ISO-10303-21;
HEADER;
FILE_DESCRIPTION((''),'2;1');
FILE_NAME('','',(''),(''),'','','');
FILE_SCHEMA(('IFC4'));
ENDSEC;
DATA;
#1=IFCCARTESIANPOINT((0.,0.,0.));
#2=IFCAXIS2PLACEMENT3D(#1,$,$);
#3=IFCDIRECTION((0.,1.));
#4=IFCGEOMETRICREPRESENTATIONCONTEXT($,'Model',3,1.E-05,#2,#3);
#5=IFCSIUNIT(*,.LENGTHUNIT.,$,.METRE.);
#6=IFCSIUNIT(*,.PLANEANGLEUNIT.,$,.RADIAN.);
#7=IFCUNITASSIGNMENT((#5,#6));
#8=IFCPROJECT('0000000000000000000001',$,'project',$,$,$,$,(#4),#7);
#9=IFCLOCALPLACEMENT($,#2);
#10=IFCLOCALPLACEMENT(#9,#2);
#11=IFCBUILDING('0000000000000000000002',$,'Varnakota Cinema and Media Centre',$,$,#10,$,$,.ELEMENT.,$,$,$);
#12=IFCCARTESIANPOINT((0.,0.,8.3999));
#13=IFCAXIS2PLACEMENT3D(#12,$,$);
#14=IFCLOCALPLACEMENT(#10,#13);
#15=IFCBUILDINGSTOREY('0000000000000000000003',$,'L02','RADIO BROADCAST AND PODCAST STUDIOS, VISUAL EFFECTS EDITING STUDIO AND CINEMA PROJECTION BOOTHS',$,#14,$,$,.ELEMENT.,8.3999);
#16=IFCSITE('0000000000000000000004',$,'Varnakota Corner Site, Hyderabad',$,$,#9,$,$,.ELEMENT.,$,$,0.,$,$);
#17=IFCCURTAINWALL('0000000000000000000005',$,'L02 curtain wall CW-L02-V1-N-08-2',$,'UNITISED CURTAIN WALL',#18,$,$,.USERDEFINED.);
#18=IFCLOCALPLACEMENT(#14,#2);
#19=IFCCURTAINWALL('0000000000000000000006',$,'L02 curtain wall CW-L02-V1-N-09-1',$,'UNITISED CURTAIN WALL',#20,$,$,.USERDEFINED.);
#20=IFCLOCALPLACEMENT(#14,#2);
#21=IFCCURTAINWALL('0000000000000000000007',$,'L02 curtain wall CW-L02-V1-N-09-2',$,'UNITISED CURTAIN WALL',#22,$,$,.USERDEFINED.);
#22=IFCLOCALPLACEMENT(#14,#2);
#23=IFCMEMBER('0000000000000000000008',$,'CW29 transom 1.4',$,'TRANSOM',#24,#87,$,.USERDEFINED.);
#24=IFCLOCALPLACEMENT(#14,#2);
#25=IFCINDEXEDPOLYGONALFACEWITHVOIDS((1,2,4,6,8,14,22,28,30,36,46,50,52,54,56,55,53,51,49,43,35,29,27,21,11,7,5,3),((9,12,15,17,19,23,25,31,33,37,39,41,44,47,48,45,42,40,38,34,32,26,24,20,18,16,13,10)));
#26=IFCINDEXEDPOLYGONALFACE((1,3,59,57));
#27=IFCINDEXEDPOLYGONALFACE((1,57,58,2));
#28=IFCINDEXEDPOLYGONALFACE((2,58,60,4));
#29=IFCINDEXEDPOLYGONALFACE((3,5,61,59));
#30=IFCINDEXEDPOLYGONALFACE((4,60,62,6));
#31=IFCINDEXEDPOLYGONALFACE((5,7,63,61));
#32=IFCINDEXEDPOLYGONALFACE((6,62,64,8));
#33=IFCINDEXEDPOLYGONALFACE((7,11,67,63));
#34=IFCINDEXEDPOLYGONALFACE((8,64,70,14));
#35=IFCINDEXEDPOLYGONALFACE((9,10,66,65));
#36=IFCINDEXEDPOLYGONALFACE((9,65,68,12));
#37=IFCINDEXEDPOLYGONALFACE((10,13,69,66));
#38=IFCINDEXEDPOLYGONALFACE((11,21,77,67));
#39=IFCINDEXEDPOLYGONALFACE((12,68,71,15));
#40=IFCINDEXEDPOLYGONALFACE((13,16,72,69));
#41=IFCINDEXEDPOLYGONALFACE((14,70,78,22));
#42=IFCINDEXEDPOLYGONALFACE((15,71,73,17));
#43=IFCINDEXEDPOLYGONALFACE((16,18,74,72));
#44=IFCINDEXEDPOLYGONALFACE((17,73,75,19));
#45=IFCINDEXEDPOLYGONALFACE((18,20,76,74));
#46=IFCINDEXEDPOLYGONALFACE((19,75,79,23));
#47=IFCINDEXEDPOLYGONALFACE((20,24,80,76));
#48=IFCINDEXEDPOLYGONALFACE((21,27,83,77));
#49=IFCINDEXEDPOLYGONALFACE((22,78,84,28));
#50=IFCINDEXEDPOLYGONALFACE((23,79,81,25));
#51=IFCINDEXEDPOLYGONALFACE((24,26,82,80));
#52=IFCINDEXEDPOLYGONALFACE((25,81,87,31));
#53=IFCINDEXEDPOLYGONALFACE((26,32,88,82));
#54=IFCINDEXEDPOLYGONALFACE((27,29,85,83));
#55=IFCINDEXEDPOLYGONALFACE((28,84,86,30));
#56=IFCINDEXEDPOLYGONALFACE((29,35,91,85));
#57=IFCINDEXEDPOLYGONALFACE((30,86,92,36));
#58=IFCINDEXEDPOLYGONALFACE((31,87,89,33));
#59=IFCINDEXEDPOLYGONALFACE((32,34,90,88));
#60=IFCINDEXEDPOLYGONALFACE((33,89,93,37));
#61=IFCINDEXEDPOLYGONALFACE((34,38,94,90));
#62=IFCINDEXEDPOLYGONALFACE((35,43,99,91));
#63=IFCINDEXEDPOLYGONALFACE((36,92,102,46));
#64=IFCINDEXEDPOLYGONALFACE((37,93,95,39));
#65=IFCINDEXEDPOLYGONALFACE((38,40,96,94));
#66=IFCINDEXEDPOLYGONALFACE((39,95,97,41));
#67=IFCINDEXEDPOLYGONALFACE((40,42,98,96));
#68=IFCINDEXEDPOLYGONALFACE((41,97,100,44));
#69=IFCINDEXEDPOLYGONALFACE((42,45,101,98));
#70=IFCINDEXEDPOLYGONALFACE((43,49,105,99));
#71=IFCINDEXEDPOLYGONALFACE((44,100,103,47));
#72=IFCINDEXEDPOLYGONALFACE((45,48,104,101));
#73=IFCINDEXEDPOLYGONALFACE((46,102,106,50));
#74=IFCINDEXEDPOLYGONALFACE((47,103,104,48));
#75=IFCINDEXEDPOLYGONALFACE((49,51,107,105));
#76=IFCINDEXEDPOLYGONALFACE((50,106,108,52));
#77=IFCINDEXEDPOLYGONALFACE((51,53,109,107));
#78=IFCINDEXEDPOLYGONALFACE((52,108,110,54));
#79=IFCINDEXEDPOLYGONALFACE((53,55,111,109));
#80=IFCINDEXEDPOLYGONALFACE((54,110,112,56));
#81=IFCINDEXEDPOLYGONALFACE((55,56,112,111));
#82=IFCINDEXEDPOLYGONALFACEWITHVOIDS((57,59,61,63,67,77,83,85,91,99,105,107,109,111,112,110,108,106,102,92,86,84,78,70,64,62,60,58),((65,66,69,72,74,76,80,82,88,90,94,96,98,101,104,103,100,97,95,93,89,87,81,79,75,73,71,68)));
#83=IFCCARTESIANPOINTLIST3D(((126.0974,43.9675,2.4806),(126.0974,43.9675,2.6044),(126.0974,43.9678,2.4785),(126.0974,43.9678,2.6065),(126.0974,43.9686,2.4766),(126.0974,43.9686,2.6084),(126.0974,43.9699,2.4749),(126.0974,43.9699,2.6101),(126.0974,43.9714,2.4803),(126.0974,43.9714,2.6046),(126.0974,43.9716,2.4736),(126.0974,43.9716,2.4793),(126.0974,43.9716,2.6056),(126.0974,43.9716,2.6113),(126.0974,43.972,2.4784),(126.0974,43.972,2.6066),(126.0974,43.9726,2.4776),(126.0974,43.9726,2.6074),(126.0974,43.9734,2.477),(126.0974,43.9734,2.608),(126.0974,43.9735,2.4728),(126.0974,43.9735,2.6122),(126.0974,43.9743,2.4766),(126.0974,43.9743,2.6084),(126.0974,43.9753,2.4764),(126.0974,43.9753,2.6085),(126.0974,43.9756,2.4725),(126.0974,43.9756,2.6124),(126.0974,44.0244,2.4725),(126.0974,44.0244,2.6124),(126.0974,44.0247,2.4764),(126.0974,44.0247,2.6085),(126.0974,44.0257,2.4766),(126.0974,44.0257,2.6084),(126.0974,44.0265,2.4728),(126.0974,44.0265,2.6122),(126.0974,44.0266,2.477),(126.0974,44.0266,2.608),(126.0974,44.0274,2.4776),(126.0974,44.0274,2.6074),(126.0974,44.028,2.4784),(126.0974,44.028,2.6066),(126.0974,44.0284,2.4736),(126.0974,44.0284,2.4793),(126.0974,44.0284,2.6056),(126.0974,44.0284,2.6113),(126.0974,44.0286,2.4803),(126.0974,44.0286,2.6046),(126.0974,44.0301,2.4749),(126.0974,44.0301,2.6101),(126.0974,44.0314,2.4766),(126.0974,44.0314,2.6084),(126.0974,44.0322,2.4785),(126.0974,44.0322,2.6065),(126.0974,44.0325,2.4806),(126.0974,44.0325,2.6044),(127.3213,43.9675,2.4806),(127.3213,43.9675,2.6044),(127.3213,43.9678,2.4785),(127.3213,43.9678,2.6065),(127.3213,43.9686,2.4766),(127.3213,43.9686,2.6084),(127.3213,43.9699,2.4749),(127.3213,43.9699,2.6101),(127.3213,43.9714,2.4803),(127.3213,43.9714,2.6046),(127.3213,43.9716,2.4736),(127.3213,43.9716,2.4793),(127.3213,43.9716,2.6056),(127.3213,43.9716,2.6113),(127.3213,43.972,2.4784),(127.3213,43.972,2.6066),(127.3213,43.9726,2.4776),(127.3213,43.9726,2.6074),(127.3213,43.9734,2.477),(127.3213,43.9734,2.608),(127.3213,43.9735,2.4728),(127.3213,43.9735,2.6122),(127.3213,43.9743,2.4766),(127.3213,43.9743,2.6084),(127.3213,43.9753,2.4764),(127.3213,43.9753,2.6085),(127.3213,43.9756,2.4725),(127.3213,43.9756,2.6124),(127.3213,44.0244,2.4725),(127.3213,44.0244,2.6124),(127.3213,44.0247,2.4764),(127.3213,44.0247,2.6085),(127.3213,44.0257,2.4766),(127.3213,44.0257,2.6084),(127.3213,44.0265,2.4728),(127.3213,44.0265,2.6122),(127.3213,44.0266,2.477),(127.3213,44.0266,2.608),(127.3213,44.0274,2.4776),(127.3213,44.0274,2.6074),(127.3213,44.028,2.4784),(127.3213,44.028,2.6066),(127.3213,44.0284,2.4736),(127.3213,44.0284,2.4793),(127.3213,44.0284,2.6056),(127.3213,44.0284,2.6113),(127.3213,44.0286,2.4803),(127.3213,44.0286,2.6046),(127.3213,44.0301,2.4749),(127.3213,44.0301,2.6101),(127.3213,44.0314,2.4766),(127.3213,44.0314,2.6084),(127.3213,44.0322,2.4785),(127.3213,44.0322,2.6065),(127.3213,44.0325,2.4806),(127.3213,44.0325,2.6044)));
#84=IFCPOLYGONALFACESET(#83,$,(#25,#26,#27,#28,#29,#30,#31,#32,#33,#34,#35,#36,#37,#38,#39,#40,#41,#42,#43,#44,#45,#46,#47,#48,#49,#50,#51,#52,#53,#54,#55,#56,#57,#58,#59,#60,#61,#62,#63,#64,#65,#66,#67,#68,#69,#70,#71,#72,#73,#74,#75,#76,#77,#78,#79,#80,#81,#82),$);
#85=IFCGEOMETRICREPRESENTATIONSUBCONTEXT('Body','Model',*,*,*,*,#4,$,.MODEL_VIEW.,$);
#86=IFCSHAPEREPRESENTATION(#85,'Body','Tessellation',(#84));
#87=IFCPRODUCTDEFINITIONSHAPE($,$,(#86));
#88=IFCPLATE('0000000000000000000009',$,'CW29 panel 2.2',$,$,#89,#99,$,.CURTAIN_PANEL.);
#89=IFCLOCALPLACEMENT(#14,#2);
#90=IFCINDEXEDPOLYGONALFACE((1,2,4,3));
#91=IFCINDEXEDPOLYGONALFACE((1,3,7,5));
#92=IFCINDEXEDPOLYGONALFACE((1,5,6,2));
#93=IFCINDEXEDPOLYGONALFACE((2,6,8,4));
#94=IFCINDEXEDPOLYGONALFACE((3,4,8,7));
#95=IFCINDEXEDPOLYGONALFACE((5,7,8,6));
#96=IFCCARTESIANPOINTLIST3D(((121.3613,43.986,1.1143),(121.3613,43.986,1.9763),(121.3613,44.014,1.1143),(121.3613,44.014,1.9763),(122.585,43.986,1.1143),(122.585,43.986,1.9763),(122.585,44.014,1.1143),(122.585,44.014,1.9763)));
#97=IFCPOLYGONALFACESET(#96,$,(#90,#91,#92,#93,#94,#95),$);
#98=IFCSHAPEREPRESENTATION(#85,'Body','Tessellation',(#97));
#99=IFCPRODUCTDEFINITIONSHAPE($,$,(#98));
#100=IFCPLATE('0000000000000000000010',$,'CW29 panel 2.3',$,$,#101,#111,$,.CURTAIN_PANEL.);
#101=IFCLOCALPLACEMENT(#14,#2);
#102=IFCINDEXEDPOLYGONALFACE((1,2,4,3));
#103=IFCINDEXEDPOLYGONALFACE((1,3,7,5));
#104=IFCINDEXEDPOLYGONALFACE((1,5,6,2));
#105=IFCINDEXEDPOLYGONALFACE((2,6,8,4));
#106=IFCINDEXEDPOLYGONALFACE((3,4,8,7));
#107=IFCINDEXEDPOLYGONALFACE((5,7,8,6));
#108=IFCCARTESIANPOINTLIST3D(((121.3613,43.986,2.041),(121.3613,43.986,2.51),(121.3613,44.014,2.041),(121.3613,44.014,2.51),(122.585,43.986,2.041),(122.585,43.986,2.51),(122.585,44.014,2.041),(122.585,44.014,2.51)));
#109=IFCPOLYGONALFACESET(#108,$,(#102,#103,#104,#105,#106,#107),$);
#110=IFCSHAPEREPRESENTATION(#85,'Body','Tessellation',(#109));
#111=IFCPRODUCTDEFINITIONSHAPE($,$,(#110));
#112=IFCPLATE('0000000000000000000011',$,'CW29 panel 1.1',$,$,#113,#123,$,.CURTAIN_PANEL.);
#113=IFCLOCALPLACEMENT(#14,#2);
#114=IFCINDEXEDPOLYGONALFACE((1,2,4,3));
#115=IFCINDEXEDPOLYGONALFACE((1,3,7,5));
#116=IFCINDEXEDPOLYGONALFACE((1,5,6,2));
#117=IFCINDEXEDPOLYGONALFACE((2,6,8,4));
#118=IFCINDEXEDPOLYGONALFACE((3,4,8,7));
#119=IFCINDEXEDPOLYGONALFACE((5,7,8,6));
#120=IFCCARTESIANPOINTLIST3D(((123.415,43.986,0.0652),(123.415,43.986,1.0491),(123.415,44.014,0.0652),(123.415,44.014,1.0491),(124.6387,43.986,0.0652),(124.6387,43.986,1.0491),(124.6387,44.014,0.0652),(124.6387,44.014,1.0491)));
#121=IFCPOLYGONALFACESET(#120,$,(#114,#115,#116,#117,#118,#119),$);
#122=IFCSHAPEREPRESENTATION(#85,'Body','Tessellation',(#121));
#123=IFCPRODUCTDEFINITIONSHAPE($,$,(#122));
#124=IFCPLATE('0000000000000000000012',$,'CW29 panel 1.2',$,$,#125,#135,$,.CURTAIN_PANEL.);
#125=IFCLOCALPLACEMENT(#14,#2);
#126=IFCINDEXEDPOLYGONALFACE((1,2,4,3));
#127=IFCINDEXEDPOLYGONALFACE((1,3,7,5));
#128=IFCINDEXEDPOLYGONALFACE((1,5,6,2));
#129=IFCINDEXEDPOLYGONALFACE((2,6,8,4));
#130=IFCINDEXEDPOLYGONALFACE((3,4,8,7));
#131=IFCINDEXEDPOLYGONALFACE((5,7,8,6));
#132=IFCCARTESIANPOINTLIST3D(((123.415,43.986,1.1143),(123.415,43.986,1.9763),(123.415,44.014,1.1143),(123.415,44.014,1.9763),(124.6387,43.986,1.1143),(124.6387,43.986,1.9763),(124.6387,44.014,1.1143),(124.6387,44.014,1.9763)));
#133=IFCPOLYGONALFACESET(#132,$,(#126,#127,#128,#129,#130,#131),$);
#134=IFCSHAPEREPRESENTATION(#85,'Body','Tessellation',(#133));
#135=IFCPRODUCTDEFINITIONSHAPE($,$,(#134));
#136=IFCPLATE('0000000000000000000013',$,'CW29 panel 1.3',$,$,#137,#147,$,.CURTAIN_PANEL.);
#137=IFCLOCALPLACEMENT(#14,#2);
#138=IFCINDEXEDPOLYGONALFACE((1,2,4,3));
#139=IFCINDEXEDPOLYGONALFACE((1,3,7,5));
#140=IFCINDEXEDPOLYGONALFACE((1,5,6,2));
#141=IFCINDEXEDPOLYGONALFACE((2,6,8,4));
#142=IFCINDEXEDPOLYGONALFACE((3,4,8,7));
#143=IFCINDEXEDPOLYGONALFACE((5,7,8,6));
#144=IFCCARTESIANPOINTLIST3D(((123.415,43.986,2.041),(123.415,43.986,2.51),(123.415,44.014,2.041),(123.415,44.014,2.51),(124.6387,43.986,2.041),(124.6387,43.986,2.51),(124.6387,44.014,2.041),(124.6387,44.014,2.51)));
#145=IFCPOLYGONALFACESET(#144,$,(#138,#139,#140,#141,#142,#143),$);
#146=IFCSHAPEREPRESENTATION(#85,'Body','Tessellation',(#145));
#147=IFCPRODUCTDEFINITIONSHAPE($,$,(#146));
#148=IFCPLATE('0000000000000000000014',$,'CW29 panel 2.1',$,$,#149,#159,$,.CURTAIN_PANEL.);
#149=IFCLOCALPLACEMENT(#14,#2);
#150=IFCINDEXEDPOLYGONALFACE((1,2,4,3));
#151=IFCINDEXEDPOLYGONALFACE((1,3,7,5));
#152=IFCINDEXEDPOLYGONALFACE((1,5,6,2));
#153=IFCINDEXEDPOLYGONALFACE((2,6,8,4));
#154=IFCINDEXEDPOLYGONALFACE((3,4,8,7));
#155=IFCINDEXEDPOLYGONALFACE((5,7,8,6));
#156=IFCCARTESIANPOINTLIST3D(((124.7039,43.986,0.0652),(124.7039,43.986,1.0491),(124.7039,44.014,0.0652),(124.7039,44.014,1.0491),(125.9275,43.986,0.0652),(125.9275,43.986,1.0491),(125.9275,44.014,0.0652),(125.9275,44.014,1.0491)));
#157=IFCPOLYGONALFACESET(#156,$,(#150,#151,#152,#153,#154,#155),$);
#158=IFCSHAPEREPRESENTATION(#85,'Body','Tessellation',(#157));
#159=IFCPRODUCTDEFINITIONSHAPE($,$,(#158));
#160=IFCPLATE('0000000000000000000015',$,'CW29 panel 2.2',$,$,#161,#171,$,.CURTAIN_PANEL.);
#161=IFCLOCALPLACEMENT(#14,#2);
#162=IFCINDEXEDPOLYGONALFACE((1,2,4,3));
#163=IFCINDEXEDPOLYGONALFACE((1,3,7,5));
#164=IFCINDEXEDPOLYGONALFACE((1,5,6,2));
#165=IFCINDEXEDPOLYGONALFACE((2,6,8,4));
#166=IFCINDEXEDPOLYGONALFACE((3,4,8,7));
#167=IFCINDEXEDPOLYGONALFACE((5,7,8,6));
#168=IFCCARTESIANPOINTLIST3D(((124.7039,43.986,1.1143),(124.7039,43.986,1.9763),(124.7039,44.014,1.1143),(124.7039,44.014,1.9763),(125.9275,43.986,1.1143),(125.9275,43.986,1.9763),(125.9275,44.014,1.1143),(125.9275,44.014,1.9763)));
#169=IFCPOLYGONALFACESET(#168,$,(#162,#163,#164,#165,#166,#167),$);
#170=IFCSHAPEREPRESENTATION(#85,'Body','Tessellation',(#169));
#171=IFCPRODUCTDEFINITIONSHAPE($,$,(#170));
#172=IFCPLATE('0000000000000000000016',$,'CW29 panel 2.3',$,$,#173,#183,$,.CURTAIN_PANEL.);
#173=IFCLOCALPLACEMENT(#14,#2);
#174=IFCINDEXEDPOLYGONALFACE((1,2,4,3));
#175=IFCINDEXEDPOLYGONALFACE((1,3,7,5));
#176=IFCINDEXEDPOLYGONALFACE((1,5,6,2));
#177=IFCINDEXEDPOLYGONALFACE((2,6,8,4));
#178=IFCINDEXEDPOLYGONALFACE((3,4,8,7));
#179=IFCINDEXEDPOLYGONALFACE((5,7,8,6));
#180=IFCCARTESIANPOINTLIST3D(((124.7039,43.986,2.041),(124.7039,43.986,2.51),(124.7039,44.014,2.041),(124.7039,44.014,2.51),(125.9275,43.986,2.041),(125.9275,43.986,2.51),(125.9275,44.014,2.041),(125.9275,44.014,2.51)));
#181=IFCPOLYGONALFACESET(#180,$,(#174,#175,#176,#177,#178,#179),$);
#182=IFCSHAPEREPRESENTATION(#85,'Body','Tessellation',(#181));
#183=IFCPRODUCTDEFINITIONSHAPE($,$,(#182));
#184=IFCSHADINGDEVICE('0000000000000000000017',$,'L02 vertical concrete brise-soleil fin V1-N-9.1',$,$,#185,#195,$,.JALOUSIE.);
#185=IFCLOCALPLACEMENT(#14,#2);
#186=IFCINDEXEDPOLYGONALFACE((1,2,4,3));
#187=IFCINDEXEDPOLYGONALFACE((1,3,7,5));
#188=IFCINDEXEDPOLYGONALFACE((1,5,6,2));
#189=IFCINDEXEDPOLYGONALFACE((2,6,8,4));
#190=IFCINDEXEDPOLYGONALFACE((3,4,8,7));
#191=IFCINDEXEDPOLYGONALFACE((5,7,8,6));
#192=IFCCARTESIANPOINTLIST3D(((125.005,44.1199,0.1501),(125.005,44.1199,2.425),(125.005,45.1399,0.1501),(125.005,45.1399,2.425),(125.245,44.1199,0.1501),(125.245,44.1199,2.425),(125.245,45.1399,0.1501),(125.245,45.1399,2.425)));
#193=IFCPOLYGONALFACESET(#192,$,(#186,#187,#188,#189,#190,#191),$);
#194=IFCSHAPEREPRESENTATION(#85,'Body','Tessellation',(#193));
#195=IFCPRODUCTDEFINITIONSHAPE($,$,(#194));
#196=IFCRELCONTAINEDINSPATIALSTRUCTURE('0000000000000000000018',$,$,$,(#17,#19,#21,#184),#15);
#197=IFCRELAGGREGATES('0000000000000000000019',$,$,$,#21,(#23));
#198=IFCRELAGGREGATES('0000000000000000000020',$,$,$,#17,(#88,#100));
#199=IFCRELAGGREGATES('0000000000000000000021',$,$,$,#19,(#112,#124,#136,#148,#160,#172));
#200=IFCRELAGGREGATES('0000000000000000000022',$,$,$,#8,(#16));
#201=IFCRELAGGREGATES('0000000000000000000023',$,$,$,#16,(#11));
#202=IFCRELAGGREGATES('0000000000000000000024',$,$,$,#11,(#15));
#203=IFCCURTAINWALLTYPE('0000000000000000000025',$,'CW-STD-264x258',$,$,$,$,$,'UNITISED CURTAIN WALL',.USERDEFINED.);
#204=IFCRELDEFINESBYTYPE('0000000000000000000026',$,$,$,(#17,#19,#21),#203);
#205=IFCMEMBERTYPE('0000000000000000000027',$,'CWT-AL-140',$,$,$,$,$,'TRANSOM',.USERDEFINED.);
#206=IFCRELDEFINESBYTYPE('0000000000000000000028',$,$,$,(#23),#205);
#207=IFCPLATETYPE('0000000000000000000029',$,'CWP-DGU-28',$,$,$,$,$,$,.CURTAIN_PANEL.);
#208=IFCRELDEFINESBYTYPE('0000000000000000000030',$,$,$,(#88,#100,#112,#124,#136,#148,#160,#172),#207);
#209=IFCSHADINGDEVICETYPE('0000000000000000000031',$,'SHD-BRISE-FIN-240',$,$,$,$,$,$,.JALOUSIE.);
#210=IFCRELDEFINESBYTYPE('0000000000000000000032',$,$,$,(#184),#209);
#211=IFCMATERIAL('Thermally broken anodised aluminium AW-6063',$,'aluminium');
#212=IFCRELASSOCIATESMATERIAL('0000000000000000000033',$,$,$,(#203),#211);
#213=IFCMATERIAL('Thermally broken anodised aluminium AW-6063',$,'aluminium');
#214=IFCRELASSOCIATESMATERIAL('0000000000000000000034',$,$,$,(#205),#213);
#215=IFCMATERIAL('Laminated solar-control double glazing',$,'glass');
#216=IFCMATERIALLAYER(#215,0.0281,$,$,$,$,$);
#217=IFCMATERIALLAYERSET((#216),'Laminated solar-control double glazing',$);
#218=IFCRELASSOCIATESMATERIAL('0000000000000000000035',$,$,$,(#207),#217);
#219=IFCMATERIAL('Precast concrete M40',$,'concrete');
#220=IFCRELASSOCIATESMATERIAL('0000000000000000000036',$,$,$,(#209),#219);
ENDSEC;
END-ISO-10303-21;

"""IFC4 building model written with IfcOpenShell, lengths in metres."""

from ifc_helpers import new_model, si_unit, direction, frame, origin, origin_2d, place, context, subcontext, project, spatial, rectangle, hollow_rectangle, extrude, material, layer, layer_set, material_profile, profile_set, type_object, element, aggregate, save


model = new_model("IFC4")

# Units and contexts
model_context = context("Model", 3, precision=1e-05, world=origin(), true_north=direction((0.0, 1.0)))
body_context = subcontext(model_context, "Body", "Model", "MODEL_VIEW")
ifc_project = project(units=[si_unit("LENGTHUNIT", "METRE"), si_unit("PLANEANGLEUNIT", "RADIAN")], contexts=[model_context])

# Site, building, storey
site_placement = place(None, origin())
site = spatial("IfcSite", under=ifc_project, at=site_placement, Name="Varnakota Corner Site, Hyderabad", CompositionType="ELEMENT", RefElevation=0.0)
building_placement = place(site_placement, origin())
building = spatial("IfcBuilding", under=site, at=building_placement, Name="Varnakota Cinema and Media Centre", CompositionType="ELEMENT")
storey_placement = place(building_placement, frame((0.0, 0.0, 8.3999)))
storey = spatial("IfcBuildingStorey", under=building, at=storey_placement, Name="L02", Description="RADIO BROADCAST AND PODCAST STUDIOS, VISUAL EFFECTS EDITING STUDIO AND CINEMA PROJECTION BOOTHS", CompositionType="ELEMENT", Elevation=8.3999)

# Curtain wall
ifc_material_1 = material(Name="Thermally broken anodised aluminium AW-6063", Category="aluminium")
curtain_wall_type = type_object("IfcCurtainWallType", Name="CW-STD-264x258", ElementType="UNITISED CURTAIN WALL", PredefinedType="USERDEFINED", material=ifc_material_1)
curtain_wall_1_placement = place(storey_placement, origin())
curtain_wall_1 = element("IfcCurtainWall", 1, at=curtain_wall_1_placement, inside=storey, type_object=curtain_wall_type, Name="L02 curtain wall CW-L02-V1-N-08-2", ObjectType="UNITISED CURTAIN WALL", PredefinedType="USERDEFINED")

# Curtain wall
curtain_wall_2_placement = place(storey_placement, origin())
curtain_wall_2 = element("IfcCurtainWall", 2, at=curtain_wall_2_placement, inside=storey, type_object=curtain_wall_type, Name="L02 curtain wall CW-L02-V1-N-09-1", ObjectType="UNITISED CURTAIN WALL", PredefinedType="USERDEFINED")

# Curtain wall
curtain_wall_3_placement = place(storey_placement, origin())
curtain_wall_3 = element("IfcCurtainWall", 3, at=curtain_wall_3_placement, inside=storey, type_object=curtain_wall_type, Name="L02 curtain wall CW-L02-V1-N-09-2", ObjectType="UNITISED CURTAIN WALL", PredefinedType="USERDEFINED")

# Member
ifc_material_2 = material(Name="Thermally broken anodised aluminium AW-6063", Category="aluminium")
ifc_material_profile_1 = material_profile(ifc_material_2, hollow_rectangle(XDim=0.0649, YDim=0.1399, WallThickness=0.0039, InnerFilletRadius=0.0039, OuterFilletRadius=0.0081, at=origin_2d()), Name="AL-TRANSOM 140x65x4")
ifc_profile_set_1 = profile_set([ifc_material_profile_1], Name="Thermally broken anodised aluminium AW-6063")
member_type_1 = type_object("IfcMemberType", Name="CWT-AL-140", ElementType="TRANSOM", PredefinedType="USERDEFINED", material=ifc_profile_set_1)
member_1_placement = place(storey_placement, frame((126.0974, 44.0, 2.5425), z_axis=(1.0, 0.0, 0.0), x_axis=(0.0, 1.0, 0.0)))
member_1 = element("IfcMember", 4, at=member_1_placement, type_object=member_type_1, Name="CW29 transom 1.4", ObjectType="TRANSOM", PredefinedType="USERDEFINED", context=body_context, shape_type="SweptSolid", body=[
    extrude(hollow_rectangle(XDim=0.0649, YDim=0.1399, WallThickness=0.0039, InnerFilletRadius=0.0039, OuterFilletRadius=0.0081, at=origin_2d()), origin(), (0.0, 0.0, 1.0), 1.2239),
])
aggregate(curtain_wall_3, [member_1])

# Plates
ifc_material_3 = material(Name="Laminated solar-control double glazing", Category="glass")
ifc_layer = layer(ifc_material_3, 0.0281)
ifc_layer_set = layer_set([ifc_layer], Name="Laminated solar-control double glazing")
plate_type = type_object("IfcPlateType", Name="CWP-DGU-28", PredefinedType="CURTAIN_PANEL", material=ifc_layer_set)
plate_1_placement = place(storey_placement, frame((121.9731, 44.0, 1.1143), z_axis=(0.0, 0.0, 1.0), x_axis=(1.0, 0.0, 0.0)))
plate_1 = element("IfcPlate", 5, at=plate_1_placement, type_object=plate_type, Name="CW29 panel 2.2", PredefinedType="CURTAIN_PANEL", context=body_context, shape_type="SweptSolid", body=[
    extrude(rectangle(XDim=1.2236, YDim=0.0281, at=origin_2d()), origin(), (0.0, 0.0, 1.0), 0.8621),
])
plate_2_placement = place(storey_placement, frame((121.9731, 44.0, 2.041), z_axis=(0.0, 0.0, 1.0), x_axis=(1.0, 0.0, 0.0)))
plate_2 = element("IfcPlate", 6, at=plate_2_placement, type_object=plate_type, Name="CW29 panel 2.3", PredefinedType="CURTAIN_PANEL", context=body_context, shape_type="SweptSolid", body=[
    extrude(rectangle(XDim=1.2236, YDim=0.0281, at=origin_2d()), origin(), (0.0, 0.0, 1.0), 0.469),
])
aggregate(curtain_wall_1, [plate_1, plate_2])
plate_3_placement = place(storey_placement, frame((124.0269, 44.0, 0.0652), z_axis=(0.0, 0.0, 1.0), x_axis=(1.0, 0.0, 0.0)))
plate_3 = element("IfcPlate", 7, at=plate_3_placement, type_object=plate_type, Name="CW29 panel 1.1", PredefinedType="CURTAIN_PANEL", context=body_context, shape_type="SweptSolid", body=[
    extrude(rectangle(XDim=1.2236, YDim=0.0281, at=origin_2d()), origin(), (0.0, 0.0, 1.0), 0.9839),
])
plate_4_placement = place(storey_placement, frame((124.0269, 44.0, 1.1143), z_axis=(0.0, 0.0, 1.0), x_axis=(1.0, 0.0, 0.0)))
plate_4 = element("IfcPlate", 8, at=plate_4_placement, type_object=plate_type, Name="CW29 panel 1.2", PredefinedType="CURTAIN_PANEL", context=body_context, shape_type="SweptSolid", body=[
    extrude(rectangle(XDim=1.2236, YDim=0.0281, at=origin_2d()), origin(), (0.0, 0.0, 1.0), 0.8621),
])
plate_5_placement = place(storey_placement, frame((124.0269, 44.0, 2.041), z_axis=(0.0, 0.0, 1.0), x_axis=(1.0, 0.0, 0.0)))
plate_5 = element("IfcPlate", 9, at=plate_5_placement, type_object=plate_type, Name="CW29 panel 1.3", PredefinedType="CURTAIN_PANEL", context=body_context, shape_type="SweptSolid", body=[
    extrude(rectangle(XDim=1.2236, YDim=0.0281, at=origin_2d()), origin(), (0.0, 0.0, 1.0), 0.469),
])
plate_6_placement = place(storey_placement, frame((125.3157, 44.0, 0.0652), z_axis=(0.0, 0.0, 1.0), x_axis=(1.0, 0.0, 0.0)))
plate_6 = element("IfcPlate", 10, at=plate_6_placement, type_object=plate_type, Name="CW29 panel 2.1", PredefinedType="CURTAIN_PANEL", context=body_context, shape_type="SweptSolid", body=[
    extrude(rectangle(XDim=1.2236, YDim=0.0281, at=origin_2d()), origin(), (0.0, 0.0, 1.0), 0.9839),
])
plate_7_placement = place(storey_placement, frame((125.3157, 44.0, 1.1143), z_axis=(0.0, 0.0, 1.0), x_axis=(1.0, 0.0, 0.0)))
plate_7 = element("IfcPlate", 11, at=plate_7_placement, type_object=plate_type, Name="CW29 panel 2.2", PredefinedType="CURTAIN_PANEL", context=body_context, shape_type="SweptSolid", body=[
    extrude(rectangle(XDim=1.2236, YDim=0.0281, at=origin_2d()), origin(), (0.0, 0.0, 1.0), 0.8621),
])
plate_8_placement = place(storey_placement, frame((125.3157, 44.0, 2.041), z_axis=(0.0, 0.0, 1.0), x_axis=(1.0, 0.0, 0.0)))
plate_8 = element("IfcPlate", 12, at=plate_8_placement, type_object=plate_type, Name="CW29 panel 2.3", PredefinedType="CURTAIN_PANEL", context=body_context, shape_type="SweptSolid", body=[
    extrude(rectangle(XDim=1.2236, YDim=0.0281, at=origin_2d()), origin(), (0.0, 0.0, 1.0), 0.469),
])
aggregate(curtain_wall_2, [plate_3, plate_4, plate_5, plate_6, plate_7, plate_8])

# Shading device
ifc_material_4 = material(Name="Precast concrete M40", Category="concrete")
shading_device_type = type_object("IfcShadingDeviceType", Name="SHD-BRISE-FIN-240", PredefinedType="JALOUSIE", material=ifc_material_4)
shading_device_placement = place(storey_placement, frame((125.125, 44.6299, 0.1501), z_axis=(0.0, 0.0, 1.0), x_axis=(1.0, 0.0, 0.0)))
element("IfcShadingDevice", 13, at=shading_device_placement, inside=storey, type_object=shading_device_type, Name="L02 vertical concrete brise-soleil fin V1-N-9.1", PredefinedType="JALOUSIE", context=body_context, shape_type="SweptSolid", body=[
    extrude(rectangle(XDim=0.24, YDim=1.02, at=origin_2d()), origin(), (0.0, 0.0, 1.0), 2.2749),
])

save(model, "model.ifc")
